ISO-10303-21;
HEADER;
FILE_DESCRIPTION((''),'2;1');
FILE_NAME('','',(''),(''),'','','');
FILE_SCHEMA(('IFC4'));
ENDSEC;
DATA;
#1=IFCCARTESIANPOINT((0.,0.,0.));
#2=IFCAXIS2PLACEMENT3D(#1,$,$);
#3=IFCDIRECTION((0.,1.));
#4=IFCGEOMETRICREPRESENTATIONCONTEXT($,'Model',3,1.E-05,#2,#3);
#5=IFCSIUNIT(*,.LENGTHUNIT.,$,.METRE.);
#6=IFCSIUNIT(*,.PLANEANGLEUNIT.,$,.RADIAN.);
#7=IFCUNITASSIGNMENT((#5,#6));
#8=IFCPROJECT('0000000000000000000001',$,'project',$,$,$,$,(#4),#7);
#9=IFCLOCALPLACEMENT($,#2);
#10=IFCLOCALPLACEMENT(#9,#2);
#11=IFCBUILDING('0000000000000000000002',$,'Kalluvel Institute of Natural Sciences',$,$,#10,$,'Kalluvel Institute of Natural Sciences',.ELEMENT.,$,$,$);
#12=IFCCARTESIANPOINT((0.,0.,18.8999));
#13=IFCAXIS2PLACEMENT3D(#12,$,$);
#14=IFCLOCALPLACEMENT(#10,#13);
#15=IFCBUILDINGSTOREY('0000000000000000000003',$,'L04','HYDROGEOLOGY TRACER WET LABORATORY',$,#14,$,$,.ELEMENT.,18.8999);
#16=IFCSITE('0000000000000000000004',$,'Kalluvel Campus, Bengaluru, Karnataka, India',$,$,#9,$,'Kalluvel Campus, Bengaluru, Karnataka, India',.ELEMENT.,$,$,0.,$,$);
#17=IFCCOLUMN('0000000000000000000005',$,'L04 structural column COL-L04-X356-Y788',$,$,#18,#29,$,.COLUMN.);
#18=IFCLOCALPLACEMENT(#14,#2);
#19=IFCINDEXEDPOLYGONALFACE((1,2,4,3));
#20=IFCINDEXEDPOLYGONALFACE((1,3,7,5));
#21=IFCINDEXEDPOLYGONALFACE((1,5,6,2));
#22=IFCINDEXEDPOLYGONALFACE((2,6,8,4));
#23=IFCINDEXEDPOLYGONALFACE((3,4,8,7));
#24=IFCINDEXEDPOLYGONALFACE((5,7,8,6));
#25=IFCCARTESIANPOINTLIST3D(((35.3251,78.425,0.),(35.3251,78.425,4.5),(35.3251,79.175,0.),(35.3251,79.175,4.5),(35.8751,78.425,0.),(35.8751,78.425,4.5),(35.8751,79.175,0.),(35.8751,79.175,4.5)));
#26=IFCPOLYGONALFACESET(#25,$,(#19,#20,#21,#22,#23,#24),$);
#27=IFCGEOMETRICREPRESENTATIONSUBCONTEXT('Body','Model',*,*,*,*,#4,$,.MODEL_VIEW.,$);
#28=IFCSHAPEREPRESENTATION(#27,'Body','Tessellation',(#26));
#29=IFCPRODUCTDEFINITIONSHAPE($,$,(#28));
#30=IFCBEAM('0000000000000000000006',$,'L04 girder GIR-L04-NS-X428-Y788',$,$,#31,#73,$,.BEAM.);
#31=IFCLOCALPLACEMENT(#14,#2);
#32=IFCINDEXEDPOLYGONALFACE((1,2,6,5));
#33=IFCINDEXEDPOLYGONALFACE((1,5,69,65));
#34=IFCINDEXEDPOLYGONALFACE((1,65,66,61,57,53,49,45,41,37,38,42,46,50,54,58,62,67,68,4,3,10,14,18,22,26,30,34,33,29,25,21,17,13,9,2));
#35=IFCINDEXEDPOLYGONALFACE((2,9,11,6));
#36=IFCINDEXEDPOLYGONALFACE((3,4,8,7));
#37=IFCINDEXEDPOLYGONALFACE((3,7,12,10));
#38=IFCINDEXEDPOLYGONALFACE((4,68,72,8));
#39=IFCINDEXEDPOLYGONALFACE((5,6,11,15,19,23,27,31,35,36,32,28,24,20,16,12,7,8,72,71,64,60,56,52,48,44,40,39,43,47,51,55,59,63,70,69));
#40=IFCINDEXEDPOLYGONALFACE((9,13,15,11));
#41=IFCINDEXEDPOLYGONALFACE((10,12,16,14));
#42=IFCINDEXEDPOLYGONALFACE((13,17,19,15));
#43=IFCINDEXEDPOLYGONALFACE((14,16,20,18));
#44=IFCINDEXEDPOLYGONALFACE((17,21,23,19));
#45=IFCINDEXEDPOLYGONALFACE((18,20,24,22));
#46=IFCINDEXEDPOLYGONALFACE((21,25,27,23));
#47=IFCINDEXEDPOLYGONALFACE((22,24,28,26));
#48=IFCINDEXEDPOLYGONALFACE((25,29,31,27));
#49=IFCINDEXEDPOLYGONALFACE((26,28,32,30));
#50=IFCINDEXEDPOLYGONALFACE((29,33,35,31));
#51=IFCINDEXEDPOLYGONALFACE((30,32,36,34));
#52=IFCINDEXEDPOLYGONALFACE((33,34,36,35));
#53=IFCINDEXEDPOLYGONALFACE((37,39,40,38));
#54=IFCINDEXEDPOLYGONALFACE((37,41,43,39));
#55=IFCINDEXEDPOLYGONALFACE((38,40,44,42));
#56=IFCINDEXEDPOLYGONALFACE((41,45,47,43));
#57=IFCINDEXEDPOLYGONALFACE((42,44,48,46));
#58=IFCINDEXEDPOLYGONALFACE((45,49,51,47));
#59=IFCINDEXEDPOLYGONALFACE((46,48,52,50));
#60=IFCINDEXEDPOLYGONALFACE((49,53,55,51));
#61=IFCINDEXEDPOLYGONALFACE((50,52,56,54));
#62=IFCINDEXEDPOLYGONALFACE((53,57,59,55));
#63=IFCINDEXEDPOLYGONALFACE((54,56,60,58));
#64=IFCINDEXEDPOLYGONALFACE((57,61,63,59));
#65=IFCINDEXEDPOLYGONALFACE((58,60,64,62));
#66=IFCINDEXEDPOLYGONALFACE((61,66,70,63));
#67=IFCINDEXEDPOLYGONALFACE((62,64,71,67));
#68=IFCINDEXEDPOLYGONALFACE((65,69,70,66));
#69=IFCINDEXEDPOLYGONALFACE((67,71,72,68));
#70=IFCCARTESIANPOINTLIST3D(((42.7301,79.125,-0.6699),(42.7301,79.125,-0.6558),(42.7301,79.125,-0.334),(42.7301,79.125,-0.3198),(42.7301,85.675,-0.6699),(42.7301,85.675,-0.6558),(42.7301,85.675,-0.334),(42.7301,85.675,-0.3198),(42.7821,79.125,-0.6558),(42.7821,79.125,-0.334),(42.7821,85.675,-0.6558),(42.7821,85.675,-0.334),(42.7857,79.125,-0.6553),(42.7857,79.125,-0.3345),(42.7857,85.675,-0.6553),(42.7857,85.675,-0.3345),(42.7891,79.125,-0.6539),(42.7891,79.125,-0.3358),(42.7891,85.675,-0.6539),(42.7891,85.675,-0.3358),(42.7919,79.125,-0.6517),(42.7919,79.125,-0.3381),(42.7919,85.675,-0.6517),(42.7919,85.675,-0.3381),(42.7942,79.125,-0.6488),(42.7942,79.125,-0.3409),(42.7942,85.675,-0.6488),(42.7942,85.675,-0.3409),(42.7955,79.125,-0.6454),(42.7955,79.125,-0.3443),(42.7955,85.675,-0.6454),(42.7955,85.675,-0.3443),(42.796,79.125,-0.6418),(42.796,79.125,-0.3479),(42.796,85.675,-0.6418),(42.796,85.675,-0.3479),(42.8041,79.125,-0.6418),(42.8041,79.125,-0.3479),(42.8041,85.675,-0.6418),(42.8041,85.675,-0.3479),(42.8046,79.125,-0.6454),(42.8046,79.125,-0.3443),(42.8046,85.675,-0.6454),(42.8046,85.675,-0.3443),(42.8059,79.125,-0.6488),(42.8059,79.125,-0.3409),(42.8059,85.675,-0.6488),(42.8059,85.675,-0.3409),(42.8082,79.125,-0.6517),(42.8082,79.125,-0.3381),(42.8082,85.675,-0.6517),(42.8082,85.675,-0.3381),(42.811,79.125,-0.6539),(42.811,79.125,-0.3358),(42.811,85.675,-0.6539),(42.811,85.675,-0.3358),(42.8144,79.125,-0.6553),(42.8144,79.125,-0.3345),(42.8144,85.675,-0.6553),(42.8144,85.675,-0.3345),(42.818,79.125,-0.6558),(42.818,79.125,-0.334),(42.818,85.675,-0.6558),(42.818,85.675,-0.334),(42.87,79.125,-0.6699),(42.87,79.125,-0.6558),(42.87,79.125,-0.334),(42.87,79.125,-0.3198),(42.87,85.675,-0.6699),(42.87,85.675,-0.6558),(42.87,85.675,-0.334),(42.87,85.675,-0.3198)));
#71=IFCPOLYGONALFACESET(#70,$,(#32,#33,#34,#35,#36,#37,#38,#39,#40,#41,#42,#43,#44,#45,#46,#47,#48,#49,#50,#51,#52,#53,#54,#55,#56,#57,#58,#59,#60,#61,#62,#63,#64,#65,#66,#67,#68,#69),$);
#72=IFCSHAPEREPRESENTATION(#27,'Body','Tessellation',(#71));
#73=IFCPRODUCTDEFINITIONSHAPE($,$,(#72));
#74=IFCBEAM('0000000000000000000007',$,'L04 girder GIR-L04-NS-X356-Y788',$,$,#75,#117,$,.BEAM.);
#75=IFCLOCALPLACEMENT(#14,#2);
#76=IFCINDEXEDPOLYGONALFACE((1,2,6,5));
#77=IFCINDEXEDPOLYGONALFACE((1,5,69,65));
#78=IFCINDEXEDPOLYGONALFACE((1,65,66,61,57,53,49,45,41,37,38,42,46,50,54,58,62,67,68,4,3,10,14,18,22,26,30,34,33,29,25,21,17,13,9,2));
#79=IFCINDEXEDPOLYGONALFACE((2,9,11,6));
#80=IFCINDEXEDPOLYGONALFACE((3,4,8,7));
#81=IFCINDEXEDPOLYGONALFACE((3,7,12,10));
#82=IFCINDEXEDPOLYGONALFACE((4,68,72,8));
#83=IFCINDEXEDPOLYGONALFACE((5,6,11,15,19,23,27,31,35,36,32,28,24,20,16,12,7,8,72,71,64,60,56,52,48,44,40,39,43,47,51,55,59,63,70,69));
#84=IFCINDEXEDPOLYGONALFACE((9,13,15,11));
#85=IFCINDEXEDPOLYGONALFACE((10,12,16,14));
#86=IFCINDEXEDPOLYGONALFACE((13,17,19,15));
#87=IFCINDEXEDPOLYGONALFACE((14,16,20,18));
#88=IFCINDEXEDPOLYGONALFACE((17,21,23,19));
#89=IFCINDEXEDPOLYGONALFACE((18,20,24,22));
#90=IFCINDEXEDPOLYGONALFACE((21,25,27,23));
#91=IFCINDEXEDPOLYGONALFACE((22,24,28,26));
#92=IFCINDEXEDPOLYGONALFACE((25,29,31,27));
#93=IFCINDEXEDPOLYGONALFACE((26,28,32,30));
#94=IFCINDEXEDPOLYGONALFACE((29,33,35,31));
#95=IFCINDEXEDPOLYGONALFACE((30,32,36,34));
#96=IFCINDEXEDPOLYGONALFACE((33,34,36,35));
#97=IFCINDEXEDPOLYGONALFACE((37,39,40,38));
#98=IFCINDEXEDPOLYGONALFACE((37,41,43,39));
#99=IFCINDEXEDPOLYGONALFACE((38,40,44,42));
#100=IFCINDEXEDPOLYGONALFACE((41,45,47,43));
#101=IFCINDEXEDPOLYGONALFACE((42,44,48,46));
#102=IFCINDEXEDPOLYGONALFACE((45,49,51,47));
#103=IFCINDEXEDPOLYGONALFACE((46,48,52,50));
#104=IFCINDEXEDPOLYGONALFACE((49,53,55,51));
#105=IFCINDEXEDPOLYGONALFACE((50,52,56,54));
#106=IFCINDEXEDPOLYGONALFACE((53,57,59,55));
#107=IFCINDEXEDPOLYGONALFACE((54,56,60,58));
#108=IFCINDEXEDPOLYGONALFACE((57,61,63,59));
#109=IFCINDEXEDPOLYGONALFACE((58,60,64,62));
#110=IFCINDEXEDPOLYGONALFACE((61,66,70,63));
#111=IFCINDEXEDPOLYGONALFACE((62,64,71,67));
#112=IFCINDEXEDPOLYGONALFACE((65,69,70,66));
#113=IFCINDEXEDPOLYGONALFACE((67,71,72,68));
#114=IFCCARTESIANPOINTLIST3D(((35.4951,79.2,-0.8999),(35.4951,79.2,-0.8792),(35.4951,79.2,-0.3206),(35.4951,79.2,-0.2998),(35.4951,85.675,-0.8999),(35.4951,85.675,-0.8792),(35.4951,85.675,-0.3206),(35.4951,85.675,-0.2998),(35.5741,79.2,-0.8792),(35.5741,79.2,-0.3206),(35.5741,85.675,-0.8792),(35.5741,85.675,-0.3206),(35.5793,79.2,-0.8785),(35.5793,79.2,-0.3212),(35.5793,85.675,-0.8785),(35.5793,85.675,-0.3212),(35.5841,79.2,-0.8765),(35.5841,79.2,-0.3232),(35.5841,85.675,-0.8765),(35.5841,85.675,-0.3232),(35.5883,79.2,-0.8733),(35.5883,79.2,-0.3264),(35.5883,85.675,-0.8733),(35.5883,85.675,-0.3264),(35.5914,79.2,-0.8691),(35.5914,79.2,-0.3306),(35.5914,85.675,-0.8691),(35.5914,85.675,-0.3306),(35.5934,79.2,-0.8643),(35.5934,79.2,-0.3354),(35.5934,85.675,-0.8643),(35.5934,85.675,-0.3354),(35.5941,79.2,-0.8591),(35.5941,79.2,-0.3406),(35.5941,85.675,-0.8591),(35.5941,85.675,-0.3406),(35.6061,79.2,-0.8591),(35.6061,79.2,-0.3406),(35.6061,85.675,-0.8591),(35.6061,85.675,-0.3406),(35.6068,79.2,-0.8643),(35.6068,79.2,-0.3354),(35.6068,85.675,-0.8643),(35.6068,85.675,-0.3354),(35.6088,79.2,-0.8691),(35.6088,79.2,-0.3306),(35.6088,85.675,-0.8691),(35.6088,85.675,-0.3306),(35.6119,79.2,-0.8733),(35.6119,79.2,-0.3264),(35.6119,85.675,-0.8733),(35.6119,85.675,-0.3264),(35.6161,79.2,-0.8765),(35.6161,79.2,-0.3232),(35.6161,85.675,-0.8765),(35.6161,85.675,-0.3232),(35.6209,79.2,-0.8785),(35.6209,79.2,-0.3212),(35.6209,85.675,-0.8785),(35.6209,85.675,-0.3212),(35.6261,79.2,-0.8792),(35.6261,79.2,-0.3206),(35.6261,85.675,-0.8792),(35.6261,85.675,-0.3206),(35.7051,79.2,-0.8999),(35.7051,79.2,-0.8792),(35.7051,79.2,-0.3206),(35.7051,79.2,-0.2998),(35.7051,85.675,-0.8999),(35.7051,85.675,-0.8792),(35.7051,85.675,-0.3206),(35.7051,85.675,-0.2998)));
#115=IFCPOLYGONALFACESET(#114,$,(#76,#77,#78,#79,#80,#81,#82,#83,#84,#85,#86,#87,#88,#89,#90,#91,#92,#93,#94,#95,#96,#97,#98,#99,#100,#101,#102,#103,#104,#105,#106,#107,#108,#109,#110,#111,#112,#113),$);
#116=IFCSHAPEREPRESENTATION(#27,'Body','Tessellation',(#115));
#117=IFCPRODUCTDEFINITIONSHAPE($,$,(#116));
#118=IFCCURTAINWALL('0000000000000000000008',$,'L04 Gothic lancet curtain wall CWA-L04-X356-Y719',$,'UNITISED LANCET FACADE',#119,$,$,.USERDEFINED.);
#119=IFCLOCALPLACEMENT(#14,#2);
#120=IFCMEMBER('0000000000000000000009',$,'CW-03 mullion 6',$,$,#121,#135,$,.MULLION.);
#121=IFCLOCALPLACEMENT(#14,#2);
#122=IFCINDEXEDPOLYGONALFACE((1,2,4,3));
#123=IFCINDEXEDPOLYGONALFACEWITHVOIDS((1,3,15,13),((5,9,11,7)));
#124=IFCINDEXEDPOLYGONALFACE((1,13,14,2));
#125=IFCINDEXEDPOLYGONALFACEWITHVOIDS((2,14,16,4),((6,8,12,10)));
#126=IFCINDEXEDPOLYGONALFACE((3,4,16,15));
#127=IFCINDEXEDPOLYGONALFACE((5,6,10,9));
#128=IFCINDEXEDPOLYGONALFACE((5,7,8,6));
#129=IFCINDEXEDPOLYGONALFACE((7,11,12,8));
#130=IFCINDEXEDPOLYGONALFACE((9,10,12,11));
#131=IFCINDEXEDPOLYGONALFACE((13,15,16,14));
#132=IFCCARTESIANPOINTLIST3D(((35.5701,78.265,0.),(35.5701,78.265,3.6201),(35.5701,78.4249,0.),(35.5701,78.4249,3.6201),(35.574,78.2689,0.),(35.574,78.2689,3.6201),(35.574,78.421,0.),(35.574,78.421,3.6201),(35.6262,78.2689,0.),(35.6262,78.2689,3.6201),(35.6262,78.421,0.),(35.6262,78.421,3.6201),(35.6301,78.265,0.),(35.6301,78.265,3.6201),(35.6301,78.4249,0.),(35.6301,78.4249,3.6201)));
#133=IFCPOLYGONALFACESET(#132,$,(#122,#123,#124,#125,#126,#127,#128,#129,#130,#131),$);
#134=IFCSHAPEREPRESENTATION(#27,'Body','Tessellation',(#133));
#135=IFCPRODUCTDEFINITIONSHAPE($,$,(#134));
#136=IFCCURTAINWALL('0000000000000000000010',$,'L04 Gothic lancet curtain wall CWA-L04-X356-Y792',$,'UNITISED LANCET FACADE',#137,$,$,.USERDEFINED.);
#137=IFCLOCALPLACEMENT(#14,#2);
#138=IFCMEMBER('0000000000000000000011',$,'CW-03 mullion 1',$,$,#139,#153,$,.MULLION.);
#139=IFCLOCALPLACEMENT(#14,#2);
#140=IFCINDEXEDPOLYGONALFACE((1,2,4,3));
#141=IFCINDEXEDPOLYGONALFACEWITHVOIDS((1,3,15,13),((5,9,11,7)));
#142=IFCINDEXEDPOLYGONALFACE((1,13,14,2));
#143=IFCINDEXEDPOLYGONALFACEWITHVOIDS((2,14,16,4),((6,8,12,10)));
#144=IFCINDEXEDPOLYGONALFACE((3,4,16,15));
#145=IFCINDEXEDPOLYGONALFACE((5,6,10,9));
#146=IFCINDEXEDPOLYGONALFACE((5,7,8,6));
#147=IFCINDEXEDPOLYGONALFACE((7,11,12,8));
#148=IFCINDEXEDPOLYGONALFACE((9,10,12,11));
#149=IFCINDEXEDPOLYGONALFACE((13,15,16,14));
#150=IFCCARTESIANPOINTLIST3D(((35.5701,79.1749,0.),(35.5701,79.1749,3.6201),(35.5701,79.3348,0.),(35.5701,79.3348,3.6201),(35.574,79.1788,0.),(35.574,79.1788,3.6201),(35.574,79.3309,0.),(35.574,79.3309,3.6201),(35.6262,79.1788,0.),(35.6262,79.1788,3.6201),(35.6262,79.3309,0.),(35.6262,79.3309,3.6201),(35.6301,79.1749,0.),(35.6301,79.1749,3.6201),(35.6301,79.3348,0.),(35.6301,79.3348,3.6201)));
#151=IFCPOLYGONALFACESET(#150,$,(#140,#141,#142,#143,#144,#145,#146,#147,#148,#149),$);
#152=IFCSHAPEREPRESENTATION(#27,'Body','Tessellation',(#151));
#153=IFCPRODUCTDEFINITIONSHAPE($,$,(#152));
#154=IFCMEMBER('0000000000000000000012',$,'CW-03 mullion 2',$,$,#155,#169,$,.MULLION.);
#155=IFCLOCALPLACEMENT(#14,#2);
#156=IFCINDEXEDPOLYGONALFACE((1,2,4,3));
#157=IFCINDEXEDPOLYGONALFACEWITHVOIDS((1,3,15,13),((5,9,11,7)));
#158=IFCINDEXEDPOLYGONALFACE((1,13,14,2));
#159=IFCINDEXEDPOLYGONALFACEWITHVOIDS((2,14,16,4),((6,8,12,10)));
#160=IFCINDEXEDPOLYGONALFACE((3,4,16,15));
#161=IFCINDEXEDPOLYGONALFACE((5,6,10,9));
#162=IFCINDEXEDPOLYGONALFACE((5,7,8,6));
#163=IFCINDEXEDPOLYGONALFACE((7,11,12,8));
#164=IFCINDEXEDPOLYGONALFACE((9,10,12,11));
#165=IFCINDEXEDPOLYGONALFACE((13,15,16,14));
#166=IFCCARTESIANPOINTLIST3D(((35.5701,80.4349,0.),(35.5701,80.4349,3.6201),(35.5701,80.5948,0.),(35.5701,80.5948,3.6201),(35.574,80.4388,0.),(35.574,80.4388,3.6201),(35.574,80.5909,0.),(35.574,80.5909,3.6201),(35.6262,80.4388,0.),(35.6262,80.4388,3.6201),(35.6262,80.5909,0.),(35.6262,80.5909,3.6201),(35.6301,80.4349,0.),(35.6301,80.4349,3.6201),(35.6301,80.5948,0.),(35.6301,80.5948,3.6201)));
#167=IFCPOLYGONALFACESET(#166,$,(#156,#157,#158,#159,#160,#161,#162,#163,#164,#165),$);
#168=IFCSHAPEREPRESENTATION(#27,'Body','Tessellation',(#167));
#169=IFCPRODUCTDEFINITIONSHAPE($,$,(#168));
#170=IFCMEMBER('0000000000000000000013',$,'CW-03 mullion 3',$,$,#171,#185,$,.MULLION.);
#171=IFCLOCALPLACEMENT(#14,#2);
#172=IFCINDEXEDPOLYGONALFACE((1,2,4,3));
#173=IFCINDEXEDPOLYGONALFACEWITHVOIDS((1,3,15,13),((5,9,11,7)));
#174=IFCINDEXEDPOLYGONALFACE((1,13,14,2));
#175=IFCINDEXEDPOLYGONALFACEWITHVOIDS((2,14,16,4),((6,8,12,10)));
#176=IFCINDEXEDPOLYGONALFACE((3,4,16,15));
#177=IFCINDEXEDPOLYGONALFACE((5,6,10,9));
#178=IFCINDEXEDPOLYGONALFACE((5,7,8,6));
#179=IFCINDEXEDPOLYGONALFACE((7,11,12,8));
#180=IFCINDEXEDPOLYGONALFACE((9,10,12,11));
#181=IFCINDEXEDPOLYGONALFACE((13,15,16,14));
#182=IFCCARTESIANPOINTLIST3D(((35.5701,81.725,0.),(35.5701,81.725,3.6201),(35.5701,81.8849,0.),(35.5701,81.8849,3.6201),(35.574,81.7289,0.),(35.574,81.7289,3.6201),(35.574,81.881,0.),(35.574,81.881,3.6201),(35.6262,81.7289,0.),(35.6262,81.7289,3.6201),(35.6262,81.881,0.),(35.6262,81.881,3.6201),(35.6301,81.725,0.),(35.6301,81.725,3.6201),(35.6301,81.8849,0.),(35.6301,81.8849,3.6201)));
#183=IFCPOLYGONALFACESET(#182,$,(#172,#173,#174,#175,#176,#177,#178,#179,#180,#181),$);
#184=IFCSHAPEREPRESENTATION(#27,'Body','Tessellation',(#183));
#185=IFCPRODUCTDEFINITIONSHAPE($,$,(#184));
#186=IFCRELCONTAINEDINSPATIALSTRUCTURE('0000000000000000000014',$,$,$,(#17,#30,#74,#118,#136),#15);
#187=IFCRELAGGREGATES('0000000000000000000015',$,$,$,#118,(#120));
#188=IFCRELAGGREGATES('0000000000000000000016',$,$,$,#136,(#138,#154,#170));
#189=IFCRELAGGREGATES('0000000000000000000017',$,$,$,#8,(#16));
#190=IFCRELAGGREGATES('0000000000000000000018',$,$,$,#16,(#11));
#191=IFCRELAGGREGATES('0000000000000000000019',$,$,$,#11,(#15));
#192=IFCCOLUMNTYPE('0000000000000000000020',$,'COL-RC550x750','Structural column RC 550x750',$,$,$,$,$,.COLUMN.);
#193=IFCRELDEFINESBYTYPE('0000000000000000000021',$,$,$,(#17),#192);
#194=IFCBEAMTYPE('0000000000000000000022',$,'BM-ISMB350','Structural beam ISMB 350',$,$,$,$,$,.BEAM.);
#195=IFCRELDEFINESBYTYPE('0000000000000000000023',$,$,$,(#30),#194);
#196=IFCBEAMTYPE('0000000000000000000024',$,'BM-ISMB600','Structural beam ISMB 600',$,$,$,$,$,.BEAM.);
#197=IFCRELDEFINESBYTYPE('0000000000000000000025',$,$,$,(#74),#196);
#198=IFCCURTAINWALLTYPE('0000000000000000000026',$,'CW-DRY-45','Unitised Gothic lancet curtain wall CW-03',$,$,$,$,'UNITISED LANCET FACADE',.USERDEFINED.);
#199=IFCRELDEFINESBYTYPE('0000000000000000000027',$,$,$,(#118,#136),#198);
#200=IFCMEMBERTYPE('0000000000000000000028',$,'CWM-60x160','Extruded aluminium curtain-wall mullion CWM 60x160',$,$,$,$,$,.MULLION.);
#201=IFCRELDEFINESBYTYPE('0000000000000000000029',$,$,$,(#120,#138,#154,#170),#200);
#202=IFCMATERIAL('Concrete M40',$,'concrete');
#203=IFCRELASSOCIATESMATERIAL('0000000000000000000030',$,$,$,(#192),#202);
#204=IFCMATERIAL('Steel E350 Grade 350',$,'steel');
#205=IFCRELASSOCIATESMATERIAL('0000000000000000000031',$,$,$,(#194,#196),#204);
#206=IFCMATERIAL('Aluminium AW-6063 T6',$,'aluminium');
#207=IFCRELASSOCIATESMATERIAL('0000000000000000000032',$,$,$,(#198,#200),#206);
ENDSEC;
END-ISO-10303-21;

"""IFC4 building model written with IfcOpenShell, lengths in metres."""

from ifc_helpers import new_model, si_unit, direction, frame, origin, origin_2d, place, context, subcontext, project, spatial, rectangle, hollow_rectangle, i_section, extrude, material, material_profile, profile_set, type_object, element, aggregate, save


model = new_model("IFC4")

# Units and contexts
model_context = context("Model", 3, precision=1e-05, world=origin(), true_north=direction((0.0, 1.0)))
body_context = subcontext(model_context, "Body", "Model", "MODEL_VIEW")
ifc_project = project(units=[si_unit("LENGTHUNIT", "METRE"), si_unit("PLANEANGLEUNIT", "RADIAN")], contexts=[model_context])

# Site, building, storey
site_placement = place(None, origin())
site = spatial("IfcSite", under=ifc_project, at=site_placement, Name="Kalluvel Campus, Bengaluru, Karnataka, India", LongName="Kalluvel Campus, Bengaluru, Karnataka, India", CompositionType="ELEMENT", RefElevation=0.0)
building_placement = place(site_placement, origin())
building = spatial("IfcBuilding", under=site, at=building_placement, Name="Kalluvel Institute of Natural Sciences", LongName="Kalluvel Institute of Natural Sciences", CompositionType="ELEMENT")
storey_placement = place(building_placement, frame((0.0, 0.0, 18.8999)))
storey = spatial("IfcBuildingStorey", under=building, at=storey_placement, Name="L04", Description="HYDROGEOLOGY TRACER WET LABORATORY", CompositionType="ELEMENT", Elevation=18.8999)

# Column
ifc_material_1 = material(Name="Concrete M40", Category="concrete")
ifc_material_profile_1 = material_profile(ifc_material_1, rectangle(XDim=0.55, YDim=0.75, at=origin_2d()), Name="RC 550x750")
ifc_profile_set_1 = profile_set([ifc_material_profile_1], Name="Concrete M40")
column_type = type_object("IfcColumnType", Name="COL-RC550x750", Description="Structural column RC 550x750", PredefinedType="COLUMN", material=ifc_profile_set_1)
column_placement = place(storey_placement, frame((35.6001, 78.8, 0.0), z_axis=(0.0, 0.0, 1.0), x_axis=(1.0, 0.0, 0.0)))
element("IfcColumn", 1, at=column_placement, inside=storey, type_object=column_type, Name="L04 structural column COL-L04-X356-Y788", PredefinedType="COLUMN", context=body_context, shape_type="SweptSolid", body=[
    extrude(rectangle(XDim=0.55, YDim=0.75, at=origin_2d()), origin(), (0.0, 0.0, 1.0), 4.5),
])

# Beams
ifc_material_2 = material(Name="Steel E350 Grade 350", Category="steel")
ifc_material_profile_2 = material_profile(ifc_material_2, i_section(OverallWidth=0.1399, OverallDepth=0.3501, WebThickness=0.0081, FlangeThickness=0.0142, FilletRadius=0.0139, at=origin_2d()), Name="ISMB 350")
ifc_profile_set_2 = profile_set([ifc_material_profile_2], Name="Steel E350 Grade 350")
beam_type_1 = type_object("IfcBeamType", Name="BM-ISMB350", Description="Structural beam ISMB 350", PredefinedType="BEAM", material=ifc_profile_set_2)
beam_1_placement = place(storey_placement, frame((42.8, 79.125, -0.4949), z_axis=(0.0, 1.0, 0.0), x_axis=(-1.0, 0.0, 0.0)))
element("IfcBeam", 2, at=beam_1_placement, inside=storey, type_object=beam_type_1, Name="L04 girder GIR-L04-NS-X428-Y788", PredefinedType="BEAM", context=body_context, shape_type="SweptSolid", body=[
    extrude(i_section(OverallWidth=0.1399, OverallDepth=0.3501, WebThickness=0.0081, FlangeThickness=0.0142, FilletRadius=0.0139, at=origin_2d()), origin(), (0.0, 0.0, 1.0), 6.55),
])
ifc_material_profile_3 = material_profile(ifc_material_2, i_section(OverallWidth=0.21, OverallDepth=0.6001, WebThickness=0.012, FlangeThickness=0.0208, FilletRadius=0.02, at=origin_2d()), Name="ISMB 600")
ifc_profile_set_3 = profile_set([ifc_material_profile_3], Name="Steel E350 Grade 350")
beam_type_2 = type_object("IfcBeamType", Name="BM-ISMB600", Description="Structural beam ISMB 600", PredefinedType="BEAM", material=ifc_profile_set_3)
beam_2_placement = place(storey_placement, frame((35.6001, 79.2, -0.5999), z_axis=(0.0, 1.0, 0.0), x_axis=(-1.0, 0.0, 0.0)))
element("IfcBeam", 3, at=beam_2_placement, inside=storey, type_object=beam_type_2, Name="L04 girder GIR-L04-NS-X356-Y788", PredefinedType="BEAM", context=body_context, shape_type="SweptSolid", body=[
    extrude(i_section(OverallWidth=0.21, OverallDepth=0.6001, WebThickness=0.012, FlangeThickness=0.0208, FilletRadius=0.02, at=origin_2d()), origin(), (0.0, 0.0, 1.0), 6.4751),
])

# Curtain wall, member
ifc_material_3 = material(Name="Aluminium AW-6063 T6", Category="aluminium")
curtain_wall_type = type_object("IfcCurtainWallType", Name="CW-DRY-45", Description="Unitised Gothic lancet curtain wall CW-03", ElementType="UNITISED LANCET FACADE", PredefinedType="USERDEFINED", material=ifc_material_3)
curtain_wall_1_placement = place(storey_placement, origin())
curtain_wall_1 = element("IfcCurtainWall", 4, at=curtain_wall_1_placement, inside=storey, type_object=curtain_wall_type, Name="L04 Gothic lancet curtain wall CWA-L04-X356-Y719", ObjectType="UNITISED LANCET FACADE", PredefinedType="USERDEFINED")
ifc_material_profile_4 = material_profile(ifc_material_3, hollow_rectangle(XDim=0.0601, YDim=0.1599, WallThickness=0.0039, at=origin_2d()), Name="CWM 60x160")
ifc_profile_set_4 = profile_set([ifc_material_profile_4], Name="Aluminium AW-6063 T6")
member_type_1 = type_object("IfcMemberType", Name="CWM-60x160", Description="Extruded aluminium curtain-wall mullion CWM 60x160", PredefinedType="MULLION", material=ifc_profile_set_4)
member_1_placement = place(storey_placement, frame((35.6001, 78.345, 0.0), z_axis=(0.0, 0.0, 1.0), x_axis=(-1.0, 0.0, 0.0)))
member_1 = element("IfcMember", 5, at=member_1_placement, type_object=member_type_1, Name="CW-03 mullion 6", PredefinedType="MULLION", context=body_context, shape_type="SweptSolid", body=[
    extrude(hollow_rectangle(XDim=0.0601, YDim=0.1599, WallThickness=0.0039, at=origin_2d()), origin(), (0.0, 0.0, 1.0), 3.6201),
])

# Curtain wall, members
curtain_wall_2_placement = place(storey_placement, origin())
curtain_wall_2 = element("IfcCurtainWall", 6, at=curtain_wall_2_placement, inside=storey, type_object=curtain_wall_type, Name="L04 Gothic lancet curtain wall CWA-L04-X356-Y792", ObjectType="UNITISED LANCET FACADE", PredefinedType="USERDEFINED")
member_2_placement = place(storey_placement, frame((35.6001, 79.2549, 0.0), z_axis=(0.0, 0.0, 1.0), x_axis=(-1.0, 0.0, 0.0)))
member_2 = element("IfcMember", 7, at=member_2_placement, type_object=member_type_1, Name="CW-03 mullion 1", PredefinedType="MULLION", context=body_context, shape_type="SweptSolid", body=[
    extrude(hollow_rectangle(XDim=0.0601, YDim=0.1599, WallThickness=0.0039, at=origin_2d()), origin(), (0.0, 0.0, 1.0), 3.6201),
])
member_3_placement = place(storey_placement, frame((35.6001, 80.5149, 0.0), z_axis=(0.0, 0.0, 1.0), x_axis=(-1.0, 0.0, 0.0)))
member_3 = element("IfcMember", 8, at=member_3_placement, type_object=member_type_1, Name="CW-03 mullion 2", PredefinedType="MULLION", context=body_context, shape_type="SweptSolid", body=[
    extrude(hollow_rectangle(XDim=0.0601, YDim=0.1599, WallThickness=0.0039, at=origin_2d()), origin(), (0.0, 0.0, 1.0), 3.6201),
])
member_4_placement = place(storey_placement, frame((35.6001, 81.8049, 0.0), z_axis=(0.0, 0.0, 1.0), x_axis=(-1.0, 0.0, 0.0)))
member_4 = element("IfcMember", 9, at=member_4_placement, type_object=member_type_1, Name="CW-03 mullion 3", PredefinedType="MULLION", context=body_context, shape_type="SweptSolid", body=[
    extrude(hollow_rectangle(XDim=0.0601, YDim=0.1599, WallThickness=0.0039, at=origin_2d()), origin(), (0.0, 0.0, 1.0), 3.6201),
])

aggregate(curtain_wall_1, [member_1])
aggregate(curtain_wall_2, [member_2, member_3, member_4])

save(model, "model.ifc")
